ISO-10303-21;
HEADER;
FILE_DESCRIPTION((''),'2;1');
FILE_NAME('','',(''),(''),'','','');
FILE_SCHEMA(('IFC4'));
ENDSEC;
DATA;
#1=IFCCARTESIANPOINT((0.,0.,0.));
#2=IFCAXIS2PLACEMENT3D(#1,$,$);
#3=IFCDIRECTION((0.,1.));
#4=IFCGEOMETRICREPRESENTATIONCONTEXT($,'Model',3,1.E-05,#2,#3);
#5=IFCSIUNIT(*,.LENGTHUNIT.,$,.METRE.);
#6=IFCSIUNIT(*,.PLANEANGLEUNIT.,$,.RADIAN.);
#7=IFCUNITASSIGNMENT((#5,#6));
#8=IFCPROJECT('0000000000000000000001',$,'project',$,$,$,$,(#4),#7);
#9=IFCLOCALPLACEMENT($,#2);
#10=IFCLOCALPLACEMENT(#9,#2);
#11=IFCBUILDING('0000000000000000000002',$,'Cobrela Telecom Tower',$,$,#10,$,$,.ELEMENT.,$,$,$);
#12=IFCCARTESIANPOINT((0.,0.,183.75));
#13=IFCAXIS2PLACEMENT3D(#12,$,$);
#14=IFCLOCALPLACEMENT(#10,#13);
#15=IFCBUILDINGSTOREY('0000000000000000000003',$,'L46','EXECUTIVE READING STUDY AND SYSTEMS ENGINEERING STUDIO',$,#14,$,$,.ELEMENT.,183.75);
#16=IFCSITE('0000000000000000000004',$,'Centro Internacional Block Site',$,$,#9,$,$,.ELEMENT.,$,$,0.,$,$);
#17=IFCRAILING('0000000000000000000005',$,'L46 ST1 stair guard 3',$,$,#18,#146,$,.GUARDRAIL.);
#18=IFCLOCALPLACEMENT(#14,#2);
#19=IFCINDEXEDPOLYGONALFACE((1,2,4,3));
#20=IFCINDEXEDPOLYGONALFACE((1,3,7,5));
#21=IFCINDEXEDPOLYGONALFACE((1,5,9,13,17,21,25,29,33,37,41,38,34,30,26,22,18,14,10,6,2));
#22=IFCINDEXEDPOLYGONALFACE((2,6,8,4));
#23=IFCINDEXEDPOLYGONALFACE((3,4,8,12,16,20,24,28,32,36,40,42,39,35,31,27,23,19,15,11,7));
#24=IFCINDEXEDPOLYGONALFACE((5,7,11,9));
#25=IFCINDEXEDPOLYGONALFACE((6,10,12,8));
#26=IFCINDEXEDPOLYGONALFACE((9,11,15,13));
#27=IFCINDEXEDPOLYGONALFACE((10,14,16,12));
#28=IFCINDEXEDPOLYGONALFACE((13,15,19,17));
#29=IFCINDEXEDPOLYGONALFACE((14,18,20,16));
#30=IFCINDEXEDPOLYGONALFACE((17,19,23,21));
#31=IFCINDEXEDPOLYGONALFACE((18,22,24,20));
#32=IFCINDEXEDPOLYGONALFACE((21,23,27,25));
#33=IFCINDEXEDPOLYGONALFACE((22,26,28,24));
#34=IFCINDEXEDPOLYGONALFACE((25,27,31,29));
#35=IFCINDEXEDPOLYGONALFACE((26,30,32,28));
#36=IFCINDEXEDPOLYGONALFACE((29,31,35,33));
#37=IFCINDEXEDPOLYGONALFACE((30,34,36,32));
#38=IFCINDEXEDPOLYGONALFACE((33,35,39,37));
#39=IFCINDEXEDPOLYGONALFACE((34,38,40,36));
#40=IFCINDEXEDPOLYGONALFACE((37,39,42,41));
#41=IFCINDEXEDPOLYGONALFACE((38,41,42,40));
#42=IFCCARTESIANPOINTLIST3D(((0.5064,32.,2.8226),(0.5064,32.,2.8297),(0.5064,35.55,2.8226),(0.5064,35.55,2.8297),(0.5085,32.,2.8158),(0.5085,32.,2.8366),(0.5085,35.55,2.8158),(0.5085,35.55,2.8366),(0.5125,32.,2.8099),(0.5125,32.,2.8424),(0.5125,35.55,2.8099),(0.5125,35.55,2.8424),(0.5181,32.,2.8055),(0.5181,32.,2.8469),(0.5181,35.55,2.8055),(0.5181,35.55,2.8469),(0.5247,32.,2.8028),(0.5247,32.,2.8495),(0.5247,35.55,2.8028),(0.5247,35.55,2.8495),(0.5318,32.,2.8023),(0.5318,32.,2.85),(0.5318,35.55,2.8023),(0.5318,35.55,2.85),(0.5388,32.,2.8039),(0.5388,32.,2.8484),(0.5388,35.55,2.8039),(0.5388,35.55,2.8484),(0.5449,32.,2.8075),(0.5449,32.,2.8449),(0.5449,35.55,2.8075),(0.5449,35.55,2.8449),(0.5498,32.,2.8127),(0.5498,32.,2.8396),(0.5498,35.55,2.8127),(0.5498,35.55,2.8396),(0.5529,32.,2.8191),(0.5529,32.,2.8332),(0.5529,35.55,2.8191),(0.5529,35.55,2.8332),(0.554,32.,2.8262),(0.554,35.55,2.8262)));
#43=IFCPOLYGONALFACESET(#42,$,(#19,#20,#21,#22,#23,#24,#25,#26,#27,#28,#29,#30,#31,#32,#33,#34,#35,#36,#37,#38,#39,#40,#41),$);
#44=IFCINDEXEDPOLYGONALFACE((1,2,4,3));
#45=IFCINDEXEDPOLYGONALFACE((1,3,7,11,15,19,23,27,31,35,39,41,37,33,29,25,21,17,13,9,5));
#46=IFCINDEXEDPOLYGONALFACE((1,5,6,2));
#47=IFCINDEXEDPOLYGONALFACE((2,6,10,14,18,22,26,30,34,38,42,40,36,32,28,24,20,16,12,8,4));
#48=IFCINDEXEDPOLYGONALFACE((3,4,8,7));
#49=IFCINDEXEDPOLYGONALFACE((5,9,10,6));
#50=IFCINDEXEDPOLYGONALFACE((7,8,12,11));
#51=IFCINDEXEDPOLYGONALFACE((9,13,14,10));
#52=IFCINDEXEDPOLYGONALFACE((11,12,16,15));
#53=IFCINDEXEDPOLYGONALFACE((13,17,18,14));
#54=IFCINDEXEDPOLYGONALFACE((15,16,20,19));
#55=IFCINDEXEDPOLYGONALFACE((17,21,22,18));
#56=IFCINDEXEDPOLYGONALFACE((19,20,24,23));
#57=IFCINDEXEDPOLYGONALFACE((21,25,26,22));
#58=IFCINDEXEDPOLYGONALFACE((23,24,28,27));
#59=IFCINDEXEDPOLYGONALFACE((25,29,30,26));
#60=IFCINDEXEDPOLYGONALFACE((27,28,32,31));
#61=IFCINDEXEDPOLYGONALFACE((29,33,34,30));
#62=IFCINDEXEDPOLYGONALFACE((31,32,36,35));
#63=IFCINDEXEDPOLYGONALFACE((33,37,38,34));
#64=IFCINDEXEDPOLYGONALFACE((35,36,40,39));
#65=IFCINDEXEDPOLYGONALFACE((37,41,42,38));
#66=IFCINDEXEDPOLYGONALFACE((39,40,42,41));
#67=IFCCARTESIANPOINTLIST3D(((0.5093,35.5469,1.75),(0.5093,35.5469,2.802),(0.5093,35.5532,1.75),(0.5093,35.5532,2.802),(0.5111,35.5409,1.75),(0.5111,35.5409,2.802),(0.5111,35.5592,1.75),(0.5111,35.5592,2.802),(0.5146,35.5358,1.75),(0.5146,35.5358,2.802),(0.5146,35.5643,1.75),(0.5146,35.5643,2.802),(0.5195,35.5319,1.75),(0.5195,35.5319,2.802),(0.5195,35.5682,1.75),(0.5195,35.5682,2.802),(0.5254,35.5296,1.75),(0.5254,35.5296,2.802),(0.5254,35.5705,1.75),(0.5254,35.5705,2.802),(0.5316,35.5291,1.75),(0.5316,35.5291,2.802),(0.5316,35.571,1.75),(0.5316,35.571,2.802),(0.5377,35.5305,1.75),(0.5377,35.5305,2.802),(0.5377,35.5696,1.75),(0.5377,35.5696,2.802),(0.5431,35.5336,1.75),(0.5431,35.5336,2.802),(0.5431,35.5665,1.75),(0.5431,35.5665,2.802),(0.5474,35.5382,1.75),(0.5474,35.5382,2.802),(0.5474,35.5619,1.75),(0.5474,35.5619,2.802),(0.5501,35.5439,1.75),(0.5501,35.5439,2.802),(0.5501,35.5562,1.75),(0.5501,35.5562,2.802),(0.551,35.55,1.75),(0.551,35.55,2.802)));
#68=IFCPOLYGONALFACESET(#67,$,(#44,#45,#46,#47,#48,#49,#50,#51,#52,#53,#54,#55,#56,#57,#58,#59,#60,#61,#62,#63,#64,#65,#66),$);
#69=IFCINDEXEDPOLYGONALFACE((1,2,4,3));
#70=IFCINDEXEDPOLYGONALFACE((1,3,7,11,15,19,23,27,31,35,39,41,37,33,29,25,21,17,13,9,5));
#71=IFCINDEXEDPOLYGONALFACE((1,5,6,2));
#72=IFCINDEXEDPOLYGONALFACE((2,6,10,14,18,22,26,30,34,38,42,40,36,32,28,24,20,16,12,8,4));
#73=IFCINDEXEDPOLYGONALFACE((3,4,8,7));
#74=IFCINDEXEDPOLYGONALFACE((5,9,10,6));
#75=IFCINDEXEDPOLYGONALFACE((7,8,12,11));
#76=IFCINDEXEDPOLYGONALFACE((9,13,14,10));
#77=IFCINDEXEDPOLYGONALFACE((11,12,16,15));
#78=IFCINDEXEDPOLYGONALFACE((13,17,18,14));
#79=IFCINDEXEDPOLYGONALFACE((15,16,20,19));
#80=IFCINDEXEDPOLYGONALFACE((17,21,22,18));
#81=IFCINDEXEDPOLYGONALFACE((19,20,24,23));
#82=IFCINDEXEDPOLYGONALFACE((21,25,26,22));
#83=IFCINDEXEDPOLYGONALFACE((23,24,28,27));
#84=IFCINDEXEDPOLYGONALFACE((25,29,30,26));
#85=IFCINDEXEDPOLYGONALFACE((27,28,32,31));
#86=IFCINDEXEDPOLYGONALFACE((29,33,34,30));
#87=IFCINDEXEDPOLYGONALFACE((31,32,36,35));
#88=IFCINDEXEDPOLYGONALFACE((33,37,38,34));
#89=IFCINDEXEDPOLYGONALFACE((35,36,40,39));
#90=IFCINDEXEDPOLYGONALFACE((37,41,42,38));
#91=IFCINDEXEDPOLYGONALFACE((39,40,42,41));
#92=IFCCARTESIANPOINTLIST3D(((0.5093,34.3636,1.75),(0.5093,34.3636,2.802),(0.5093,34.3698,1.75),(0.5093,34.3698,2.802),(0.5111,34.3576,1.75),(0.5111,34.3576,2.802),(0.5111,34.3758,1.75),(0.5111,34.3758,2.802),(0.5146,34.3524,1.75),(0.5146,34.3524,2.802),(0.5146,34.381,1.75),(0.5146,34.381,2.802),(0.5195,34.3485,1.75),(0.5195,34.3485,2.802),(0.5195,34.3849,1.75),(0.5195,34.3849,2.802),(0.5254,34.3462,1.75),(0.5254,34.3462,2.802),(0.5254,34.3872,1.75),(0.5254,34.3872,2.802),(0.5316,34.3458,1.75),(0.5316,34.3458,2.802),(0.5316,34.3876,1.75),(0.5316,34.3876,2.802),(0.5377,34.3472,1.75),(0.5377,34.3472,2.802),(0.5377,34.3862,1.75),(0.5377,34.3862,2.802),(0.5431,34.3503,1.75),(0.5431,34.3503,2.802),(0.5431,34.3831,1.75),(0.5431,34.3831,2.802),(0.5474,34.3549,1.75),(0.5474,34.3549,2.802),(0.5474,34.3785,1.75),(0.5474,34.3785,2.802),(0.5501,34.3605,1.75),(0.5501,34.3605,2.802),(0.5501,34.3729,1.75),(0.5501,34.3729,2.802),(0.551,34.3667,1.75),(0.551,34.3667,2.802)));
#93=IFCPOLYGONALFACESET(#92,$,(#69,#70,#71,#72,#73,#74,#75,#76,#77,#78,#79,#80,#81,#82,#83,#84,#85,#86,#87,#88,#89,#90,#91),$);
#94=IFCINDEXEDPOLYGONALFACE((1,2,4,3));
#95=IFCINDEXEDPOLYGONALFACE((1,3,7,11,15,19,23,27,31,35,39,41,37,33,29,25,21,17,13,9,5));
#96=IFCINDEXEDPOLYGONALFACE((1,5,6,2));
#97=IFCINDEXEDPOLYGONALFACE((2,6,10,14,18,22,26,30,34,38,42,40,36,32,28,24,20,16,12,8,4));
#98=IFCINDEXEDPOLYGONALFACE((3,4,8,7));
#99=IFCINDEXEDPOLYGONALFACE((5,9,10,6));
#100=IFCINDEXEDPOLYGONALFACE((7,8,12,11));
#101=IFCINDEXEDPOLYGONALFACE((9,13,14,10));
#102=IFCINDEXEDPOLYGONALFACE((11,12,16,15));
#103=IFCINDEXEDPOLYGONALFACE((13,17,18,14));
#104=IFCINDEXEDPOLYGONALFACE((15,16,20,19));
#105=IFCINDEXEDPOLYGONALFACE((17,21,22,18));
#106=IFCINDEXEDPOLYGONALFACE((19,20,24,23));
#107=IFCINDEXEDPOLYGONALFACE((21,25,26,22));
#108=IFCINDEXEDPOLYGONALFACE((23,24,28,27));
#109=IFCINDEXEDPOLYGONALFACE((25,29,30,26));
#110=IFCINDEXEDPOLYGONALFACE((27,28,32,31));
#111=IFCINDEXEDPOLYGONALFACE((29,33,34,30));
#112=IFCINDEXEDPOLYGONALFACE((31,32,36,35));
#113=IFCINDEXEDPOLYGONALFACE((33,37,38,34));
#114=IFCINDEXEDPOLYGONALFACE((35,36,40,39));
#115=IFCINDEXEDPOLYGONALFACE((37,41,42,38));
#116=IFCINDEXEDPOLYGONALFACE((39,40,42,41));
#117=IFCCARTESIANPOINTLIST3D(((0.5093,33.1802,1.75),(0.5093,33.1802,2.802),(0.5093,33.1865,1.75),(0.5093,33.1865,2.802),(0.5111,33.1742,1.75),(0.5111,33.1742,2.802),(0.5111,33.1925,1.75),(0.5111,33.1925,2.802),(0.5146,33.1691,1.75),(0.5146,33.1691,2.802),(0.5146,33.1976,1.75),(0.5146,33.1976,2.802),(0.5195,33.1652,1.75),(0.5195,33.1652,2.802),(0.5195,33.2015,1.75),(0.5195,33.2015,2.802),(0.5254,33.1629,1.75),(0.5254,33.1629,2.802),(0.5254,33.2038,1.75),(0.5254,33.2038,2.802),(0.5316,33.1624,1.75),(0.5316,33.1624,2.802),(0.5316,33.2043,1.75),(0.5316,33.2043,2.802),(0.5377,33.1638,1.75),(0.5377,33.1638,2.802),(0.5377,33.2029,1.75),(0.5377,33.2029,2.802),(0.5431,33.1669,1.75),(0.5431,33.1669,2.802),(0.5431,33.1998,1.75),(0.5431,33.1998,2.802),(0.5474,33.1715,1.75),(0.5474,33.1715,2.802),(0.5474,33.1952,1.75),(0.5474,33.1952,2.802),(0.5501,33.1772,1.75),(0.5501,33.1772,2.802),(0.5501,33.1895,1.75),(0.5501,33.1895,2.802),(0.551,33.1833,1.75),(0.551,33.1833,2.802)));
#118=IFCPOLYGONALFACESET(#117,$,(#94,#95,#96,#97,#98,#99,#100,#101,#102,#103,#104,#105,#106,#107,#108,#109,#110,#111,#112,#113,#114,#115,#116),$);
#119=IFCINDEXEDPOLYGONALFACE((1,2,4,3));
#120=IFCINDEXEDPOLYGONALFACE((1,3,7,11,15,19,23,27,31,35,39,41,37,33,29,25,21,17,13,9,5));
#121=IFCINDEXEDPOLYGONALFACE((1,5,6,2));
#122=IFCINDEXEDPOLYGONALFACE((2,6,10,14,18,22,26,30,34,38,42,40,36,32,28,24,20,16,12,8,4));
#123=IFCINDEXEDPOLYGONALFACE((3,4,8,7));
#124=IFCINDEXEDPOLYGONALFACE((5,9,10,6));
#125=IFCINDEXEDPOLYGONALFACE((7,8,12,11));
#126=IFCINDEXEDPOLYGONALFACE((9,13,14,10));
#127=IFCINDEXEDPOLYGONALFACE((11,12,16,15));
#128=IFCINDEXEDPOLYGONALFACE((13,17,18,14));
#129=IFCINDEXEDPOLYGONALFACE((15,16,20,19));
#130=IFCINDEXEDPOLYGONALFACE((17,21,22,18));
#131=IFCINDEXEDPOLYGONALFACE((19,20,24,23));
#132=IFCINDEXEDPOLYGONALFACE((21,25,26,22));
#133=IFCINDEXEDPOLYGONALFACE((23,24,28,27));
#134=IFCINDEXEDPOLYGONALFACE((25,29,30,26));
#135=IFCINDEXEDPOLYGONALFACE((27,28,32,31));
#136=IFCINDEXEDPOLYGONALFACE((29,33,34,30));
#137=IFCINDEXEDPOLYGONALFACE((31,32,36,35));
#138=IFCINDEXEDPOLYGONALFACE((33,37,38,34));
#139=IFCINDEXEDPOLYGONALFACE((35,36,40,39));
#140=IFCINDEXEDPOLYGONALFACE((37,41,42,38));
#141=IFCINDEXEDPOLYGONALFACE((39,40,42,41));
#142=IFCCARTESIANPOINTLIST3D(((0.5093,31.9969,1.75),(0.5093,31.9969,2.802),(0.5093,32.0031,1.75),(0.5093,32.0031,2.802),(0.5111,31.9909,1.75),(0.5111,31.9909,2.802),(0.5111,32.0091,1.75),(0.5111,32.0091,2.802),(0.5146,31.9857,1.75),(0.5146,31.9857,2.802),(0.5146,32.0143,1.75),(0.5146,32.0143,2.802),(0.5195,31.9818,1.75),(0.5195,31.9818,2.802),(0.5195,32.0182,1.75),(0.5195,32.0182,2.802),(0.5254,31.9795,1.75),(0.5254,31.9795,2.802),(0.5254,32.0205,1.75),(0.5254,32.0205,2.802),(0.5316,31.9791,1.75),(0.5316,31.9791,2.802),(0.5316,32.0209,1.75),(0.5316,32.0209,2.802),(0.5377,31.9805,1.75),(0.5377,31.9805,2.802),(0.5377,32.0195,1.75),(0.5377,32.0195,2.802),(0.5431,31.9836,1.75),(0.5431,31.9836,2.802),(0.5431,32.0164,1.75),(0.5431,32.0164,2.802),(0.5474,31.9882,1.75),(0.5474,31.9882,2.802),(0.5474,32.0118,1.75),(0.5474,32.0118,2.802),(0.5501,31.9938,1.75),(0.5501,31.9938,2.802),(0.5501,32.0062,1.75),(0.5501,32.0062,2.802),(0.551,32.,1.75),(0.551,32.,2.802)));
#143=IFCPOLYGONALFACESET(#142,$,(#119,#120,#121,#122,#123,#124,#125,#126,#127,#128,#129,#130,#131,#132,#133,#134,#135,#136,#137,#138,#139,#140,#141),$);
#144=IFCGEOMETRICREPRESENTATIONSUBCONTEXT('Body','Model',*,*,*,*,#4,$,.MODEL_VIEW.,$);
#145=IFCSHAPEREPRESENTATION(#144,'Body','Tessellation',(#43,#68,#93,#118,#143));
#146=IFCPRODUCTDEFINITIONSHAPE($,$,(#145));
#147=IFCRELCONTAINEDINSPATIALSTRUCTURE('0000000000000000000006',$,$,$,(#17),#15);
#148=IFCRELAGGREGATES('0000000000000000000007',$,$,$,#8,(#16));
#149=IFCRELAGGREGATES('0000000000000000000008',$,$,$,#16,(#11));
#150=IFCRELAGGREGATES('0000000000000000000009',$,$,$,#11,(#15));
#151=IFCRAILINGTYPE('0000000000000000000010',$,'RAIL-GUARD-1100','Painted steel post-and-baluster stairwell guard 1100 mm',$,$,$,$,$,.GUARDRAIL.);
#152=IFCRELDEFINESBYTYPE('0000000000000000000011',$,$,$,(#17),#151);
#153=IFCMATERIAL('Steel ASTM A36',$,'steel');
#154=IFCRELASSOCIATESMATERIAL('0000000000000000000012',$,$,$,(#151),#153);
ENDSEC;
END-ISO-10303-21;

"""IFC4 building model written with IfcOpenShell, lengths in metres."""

from ifc_helpers import new_model, si_unit, direction, frame, origin, origin_2d, place, context, subcontext, project, spatial, circle, extrude, material, type_object, element, save


model = new_model("IFC4")

# Units and contexts
model_context = context("Model", 3, precision=1e-05, world=origin(), true_north=direction((0.0, 1.0)))
body_context = subcontext(model_context, "Body", "Model", "MODEL_VIEW")
ifc_project = project(units=[si_unit("LENGTHUNIT", "METRE"), si_unit("PLANEANGLEUNIT", "RADIAN")], contexts=[model_context])

# Site, building, storey
site_placement = place(None, origin())
site = spatial("IfcSite", under=ifc_project, at=site_placement, Name="Centro Internacional Block Site", CompositionType="ELEMENT", RefElevation=0.0)
building_placement = place(site_placement, origin())
building = spatial("IfcBuilding", under=site, at=building_placement, Name="Cobrela Telecom Tower", CompositionType="ELEMENT")
storey_placement = place(building_placement, frame((0.0, 0.0, 183.75)))
storey = spatial("IfcBuildingStorey", under=building, at=storey_placement, Name="L46", Description="EXECUTIVE READING STUDY AND SYSTEMS ENGINEERING STUDIO", CompositionType="ELEMENT", Elevation=183.75)

# Shared definitions
ifc_material_1 = material(Name="Steel ASTM A36", Category="steel")

# Railing
railing_type_1 = type_object("IfcRailingType", Name="RAIL-GUARD-1100", Description="Painted steel post-and-baluster stairwell guard 1100 mm", PredefinedType="GUARDRAIL", material=ifc_material_1)
railing_1_placement = place(storey_placement, frame((0.53, 35.55, 1.75)))
element("IfcRailing", 1, at=railing_1_placement, inside=storey, type_object=railing_type_1, Name="L46 ST1 stair guard 3", PredefinedType="GUARDRAIL", context=body_context, shape_type="SweptSolid", body=[
    extrude(circle(Radius=0.0239, at=origin_2d()), frame((0.0, 0.0, 1.0762), z_axis=(0.0, -1.0, 0.0), x_axis=(1.0, 0.0, 0.0)), (0.0, 0.0, 1.0), 3.55),
    extrude(circle(Radius=0.021, at=origin_2d()), origin(), (0.0, 0.0, 1.0), 1.052),
    extrude(circle(Radius=0.021, at=origin_2d()), frame((0.0, -1.1833, 0.0)), (0.0, 0.0, 1.0), 1.052),
    extrude(circle(Radius=0.021, at=origin_2d()), frame((0.0, -2.3667, 0.0)), (0.0, 0.0, 1.0), 1.052),
    extrude(circle(Radius=0.021, at=origin_2d()), frame((0.0, -3.55, 0.0)), (0.0, 0.0, 1.0), 1.052),
])

save(model, "model.ifc")
